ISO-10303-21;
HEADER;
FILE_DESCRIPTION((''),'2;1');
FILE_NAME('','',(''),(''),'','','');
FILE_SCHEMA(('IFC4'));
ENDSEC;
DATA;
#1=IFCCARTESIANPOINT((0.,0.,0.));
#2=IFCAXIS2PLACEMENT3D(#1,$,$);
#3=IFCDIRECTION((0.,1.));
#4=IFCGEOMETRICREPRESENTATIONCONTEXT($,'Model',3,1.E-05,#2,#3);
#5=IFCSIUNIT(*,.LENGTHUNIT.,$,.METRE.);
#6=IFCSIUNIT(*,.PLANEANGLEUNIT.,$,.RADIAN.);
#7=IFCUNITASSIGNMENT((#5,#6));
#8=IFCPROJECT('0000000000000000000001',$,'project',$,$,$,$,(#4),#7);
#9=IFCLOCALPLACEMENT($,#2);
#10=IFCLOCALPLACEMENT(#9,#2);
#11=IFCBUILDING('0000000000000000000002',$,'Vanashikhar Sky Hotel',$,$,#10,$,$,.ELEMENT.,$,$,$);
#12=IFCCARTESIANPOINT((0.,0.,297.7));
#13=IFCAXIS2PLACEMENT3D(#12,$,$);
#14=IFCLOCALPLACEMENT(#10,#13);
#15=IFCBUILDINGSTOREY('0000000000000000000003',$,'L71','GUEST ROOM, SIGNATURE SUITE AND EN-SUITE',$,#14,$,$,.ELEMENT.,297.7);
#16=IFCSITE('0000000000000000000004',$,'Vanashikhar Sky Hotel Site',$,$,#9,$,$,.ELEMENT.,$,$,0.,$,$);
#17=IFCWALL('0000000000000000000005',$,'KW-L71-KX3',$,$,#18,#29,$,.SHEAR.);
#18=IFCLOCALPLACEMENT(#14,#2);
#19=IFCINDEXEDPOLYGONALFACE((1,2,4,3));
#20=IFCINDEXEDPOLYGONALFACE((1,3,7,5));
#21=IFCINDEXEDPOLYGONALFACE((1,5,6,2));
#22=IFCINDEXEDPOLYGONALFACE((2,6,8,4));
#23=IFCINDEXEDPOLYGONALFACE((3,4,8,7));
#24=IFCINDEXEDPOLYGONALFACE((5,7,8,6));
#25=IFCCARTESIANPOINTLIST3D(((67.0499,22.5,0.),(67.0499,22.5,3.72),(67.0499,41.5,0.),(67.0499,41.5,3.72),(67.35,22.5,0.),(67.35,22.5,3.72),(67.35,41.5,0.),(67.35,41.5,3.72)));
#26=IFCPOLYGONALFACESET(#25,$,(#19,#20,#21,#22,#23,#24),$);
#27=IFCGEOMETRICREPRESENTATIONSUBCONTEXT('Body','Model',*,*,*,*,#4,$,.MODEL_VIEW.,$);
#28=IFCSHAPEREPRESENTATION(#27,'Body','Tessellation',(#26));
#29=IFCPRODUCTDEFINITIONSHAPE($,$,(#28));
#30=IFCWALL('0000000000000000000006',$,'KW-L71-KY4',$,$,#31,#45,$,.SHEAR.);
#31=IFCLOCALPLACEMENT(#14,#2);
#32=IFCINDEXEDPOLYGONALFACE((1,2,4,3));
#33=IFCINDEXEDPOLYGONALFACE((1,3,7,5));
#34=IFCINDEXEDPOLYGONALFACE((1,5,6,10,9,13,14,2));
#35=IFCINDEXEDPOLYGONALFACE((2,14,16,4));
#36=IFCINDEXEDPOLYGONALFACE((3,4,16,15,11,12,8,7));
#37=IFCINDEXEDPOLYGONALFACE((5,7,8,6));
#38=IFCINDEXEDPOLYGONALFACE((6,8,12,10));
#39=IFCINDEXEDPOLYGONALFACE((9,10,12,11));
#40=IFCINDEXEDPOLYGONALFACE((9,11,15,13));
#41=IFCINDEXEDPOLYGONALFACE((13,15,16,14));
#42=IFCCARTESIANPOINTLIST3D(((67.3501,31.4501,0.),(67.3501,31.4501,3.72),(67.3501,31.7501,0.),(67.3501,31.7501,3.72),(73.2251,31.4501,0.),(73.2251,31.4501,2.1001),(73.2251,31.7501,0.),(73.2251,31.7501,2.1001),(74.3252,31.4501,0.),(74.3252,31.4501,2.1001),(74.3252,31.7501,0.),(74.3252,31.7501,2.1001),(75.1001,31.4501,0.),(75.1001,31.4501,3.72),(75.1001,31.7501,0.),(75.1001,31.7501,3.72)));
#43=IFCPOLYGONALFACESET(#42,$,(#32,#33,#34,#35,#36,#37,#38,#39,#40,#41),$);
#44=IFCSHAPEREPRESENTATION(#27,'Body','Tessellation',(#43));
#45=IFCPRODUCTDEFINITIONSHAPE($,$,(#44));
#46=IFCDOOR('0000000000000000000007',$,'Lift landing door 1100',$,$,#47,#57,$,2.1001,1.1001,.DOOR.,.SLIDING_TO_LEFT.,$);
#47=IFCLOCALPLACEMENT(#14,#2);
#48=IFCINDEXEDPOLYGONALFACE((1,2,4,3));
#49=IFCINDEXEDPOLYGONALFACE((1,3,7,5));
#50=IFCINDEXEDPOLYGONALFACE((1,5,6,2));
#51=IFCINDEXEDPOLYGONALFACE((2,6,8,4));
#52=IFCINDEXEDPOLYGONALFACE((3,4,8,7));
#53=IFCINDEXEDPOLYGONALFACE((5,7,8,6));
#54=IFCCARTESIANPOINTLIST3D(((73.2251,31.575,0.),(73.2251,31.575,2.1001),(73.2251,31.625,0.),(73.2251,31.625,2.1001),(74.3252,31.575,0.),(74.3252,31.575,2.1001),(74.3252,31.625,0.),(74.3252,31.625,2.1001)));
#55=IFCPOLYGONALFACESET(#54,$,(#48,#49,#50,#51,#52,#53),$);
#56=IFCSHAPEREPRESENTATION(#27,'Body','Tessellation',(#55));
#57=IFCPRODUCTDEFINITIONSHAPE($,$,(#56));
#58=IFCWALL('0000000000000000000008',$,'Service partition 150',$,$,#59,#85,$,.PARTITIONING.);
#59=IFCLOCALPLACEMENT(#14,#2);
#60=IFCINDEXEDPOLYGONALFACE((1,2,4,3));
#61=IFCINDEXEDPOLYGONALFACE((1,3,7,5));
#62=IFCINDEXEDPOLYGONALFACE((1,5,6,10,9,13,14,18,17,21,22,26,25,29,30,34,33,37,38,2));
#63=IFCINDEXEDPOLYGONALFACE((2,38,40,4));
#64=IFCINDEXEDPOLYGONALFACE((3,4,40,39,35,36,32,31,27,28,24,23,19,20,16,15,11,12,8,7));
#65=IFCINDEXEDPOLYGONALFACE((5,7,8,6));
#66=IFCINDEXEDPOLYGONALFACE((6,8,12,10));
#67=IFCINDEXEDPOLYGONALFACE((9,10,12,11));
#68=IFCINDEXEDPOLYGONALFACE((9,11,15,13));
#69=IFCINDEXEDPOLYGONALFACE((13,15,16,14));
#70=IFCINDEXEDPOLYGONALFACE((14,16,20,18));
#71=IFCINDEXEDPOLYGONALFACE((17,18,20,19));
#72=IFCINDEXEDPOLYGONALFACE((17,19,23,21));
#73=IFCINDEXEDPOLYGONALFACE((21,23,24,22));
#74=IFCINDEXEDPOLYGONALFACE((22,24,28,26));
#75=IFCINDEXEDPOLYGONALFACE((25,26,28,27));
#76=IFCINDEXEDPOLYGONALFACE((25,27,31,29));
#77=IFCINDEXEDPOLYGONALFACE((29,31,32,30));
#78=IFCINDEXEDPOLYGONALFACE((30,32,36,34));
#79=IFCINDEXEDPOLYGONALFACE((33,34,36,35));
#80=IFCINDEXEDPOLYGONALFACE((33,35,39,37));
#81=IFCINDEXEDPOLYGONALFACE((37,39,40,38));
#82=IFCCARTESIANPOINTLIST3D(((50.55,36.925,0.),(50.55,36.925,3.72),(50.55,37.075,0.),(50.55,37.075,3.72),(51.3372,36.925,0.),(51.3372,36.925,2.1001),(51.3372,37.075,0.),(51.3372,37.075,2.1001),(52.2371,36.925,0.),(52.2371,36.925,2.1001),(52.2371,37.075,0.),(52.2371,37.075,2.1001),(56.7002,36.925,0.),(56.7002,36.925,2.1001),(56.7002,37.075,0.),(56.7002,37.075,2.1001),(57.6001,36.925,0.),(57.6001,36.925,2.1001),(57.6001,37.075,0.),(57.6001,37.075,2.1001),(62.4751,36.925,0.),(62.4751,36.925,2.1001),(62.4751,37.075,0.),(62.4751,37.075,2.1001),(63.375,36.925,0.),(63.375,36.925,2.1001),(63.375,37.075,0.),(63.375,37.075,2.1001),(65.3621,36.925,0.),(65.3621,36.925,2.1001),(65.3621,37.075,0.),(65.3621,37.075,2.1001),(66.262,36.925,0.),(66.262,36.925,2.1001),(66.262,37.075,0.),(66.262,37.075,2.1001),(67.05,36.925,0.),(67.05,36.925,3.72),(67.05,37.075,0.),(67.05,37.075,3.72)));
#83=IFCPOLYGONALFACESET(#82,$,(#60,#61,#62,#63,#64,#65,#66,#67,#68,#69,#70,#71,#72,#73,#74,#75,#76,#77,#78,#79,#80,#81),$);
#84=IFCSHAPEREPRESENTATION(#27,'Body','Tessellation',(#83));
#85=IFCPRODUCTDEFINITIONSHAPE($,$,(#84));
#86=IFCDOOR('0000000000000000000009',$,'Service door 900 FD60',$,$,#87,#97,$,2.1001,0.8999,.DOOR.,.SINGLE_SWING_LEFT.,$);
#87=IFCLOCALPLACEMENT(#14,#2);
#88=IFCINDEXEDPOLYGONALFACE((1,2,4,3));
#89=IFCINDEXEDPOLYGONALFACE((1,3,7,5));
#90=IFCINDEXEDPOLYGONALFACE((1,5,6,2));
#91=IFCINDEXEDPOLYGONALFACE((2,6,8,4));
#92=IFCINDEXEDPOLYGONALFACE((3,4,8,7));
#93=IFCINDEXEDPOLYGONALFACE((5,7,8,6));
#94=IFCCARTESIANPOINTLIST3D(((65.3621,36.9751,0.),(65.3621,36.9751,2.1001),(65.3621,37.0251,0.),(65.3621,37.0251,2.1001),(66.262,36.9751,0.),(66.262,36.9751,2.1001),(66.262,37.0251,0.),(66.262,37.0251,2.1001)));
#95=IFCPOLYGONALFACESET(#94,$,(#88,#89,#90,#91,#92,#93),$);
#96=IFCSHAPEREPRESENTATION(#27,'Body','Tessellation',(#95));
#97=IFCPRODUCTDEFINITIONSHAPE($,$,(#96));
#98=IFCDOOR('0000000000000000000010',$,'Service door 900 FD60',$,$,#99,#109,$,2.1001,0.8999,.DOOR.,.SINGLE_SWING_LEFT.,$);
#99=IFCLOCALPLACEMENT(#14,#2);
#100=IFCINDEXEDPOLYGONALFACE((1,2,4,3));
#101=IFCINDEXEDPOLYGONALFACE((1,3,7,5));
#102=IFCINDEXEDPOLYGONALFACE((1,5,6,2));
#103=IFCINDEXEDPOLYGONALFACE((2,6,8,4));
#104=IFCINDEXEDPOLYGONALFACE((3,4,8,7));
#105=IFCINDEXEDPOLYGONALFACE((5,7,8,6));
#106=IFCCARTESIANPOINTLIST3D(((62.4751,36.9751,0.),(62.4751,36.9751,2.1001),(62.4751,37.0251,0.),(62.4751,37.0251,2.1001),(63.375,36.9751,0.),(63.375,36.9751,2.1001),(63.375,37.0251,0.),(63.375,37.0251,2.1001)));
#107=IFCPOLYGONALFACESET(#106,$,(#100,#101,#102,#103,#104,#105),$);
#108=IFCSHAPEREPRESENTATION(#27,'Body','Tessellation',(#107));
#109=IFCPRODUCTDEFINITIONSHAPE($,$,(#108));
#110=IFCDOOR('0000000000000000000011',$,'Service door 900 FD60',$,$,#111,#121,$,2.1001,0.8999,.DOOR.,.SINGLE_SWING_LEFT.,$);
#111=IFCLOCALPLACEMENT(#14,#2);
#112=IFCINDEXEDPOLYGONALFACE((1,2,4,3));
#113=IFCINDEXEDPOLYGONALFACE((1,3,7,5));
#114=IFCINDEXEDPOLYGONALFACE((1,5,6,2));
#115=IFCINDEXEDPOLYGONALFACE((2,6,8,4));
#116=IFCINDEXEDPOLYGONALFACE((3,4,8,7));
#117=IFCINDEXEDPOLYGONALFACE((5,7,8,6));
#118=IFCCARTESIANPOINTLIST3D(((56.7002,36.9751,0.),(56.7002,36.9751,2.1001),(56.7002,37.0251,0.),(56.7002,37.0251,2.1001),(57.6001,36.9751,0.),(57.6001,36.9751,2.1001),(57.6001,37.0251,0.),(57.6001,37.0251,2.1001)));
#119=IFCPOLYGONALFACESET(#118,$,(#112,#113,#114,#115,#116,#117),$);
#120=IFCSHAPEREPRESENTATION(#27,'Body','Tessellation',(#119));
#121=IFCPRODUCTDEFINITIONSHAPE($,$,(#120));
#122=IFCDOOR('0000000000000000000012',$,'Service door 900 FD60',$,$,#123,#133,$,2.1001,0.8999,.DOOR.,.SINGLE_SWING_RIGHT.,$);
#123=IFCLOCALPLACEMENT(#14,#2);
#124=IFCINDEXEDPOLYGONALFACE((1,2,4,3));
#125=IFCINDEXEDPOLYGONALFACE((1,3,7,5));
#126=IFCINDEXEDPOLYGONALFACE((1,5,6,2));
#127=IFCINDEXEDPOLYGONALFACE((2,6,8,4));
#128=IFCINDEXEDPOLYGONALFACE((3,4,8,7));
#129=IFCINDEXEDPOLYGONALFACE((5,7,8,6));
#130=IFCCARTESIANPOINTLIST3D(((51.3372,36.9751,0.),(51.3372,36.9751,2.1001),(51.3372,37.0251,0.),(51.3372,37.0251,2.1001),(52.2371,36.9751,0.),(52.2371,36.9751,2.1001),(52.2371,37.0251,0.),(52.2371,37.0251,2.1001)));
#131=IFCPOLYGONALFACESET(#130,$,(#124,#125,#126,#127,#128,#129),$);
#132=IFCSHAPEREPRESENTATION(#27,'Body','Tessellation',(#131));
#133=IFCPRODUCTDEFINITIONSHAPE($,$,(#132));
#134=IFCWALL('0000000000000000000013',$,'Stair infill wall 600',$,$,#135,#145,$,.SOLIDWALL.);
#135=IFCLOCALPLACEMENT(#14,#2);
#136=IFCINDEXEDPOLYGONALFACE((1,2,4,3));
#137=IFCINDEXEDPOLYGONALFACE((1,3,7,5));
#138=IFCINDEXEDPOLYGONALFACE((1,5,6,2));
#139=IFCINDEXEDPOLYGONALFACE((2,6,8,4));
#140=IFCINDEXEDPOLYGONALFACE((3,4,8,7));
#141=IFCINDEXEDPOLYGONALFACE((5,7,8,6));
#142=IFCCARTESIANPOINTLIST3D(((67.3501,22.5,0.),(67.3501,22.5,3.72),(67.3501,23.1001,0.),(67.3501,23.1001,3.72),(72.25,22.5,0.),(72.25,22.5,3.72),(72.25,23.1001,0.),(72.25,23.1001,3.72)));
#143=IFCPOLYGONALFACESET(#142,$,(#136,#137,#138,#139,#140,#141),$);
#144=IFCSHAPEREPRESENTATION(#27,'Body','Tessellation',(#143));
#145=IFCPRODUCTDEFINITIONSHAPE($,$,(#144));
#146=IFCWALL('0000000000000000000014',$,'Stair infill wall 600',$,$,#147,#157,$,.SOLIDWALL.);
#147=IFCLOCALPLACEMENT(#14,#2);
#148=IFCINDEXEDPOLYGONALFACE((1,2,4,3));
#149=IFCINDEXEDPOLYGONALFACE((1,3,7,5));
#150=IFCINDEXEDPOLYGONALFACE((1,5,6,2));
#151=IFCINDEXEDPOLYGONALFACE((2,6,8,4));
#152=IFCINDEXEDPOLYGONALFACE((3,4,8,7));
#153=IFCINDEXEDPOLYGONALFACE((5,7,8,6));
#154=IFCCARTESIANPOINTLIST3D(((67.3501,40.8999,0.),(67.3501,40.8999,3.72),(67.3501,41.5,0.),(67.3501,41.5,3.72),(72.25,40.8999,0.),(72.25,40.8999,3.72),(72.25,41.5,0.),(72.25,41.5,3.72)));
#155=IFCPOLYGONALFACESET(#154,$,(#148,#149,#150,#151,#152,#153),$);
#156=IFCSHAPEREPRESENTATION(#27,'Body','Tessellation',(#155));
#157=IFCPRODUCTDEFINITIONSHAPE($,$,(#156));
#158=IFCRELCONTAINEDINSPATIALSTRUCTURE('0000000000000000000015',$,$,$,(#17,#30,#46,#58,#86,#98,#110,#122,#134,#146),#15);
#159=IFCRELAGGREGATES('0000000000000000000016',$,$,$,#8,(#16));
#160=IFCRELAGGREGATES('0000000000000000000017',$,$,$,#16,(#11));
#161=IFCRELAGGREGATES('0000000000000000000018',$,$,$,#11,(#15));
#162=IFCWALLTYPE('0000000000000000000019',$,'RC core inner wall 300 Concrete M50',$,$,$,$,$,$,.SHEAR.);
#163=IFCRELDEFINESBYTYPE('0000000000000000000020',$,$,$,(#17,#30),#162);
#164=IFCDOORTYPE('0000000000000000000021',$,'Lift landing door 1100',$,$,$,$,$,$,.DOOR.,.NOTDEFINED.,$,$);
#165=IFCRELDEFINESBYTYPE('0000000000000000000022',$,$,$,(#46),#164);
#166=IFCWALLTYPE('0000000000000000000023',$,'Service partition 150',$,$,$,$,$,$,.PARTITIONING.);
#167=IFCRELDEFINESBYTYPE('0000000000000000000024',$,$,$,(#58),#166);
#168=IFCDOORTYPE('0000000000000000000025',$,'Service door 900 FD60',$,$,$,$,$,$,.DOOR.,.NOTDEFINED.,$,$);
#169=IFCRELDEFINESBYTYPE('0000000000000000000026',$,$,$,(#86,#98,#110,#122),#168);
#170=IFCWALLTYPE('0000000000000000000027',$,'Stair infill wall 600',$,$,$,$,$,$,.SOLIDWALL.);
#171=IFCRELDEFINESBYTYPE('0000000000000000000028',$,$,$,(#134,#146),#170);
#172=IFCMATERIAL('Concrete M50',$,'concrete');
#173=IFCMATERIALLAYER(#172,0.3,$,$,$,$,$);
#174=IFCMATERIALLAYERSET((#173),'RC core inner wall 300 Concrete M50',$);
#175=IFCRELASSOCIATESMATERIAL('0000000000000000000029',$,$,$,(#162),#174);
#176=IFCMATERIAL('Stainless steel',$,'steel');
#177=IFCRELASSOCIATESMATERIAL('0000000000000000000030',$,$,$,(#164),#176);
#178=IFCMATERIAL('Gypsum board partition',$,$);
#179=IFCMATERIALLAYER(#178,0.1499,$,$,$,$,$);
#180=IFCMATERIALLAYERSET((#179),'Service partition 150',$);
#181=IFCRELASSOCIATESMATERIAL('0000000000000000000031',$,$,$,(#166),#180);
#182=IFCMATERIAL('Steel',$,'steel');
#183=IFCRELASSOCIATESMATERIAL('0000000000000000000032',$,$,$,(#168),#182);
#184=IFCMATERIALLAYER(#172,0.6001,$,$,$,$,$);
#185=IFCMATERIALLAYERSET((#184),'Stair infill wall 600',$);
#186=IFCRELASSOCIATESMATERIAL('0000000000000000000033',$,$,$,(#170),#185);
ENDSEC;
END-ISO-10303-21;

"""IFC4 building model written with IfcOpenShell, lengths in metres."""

from ifc_helpers import new_model, si_unit, direction, frame, frame_2d, origin, place, context, subcontext, project, spatial, rectangle, extrude, source, transform, mapped, material, layer, layer_set, type_object, element, fill, save


model = new_model("IFC4")

# Units and contexts
model_context = context("Model", 3, precision=1e-05, world=origin(), true_north=direction((0.0, 1.0)))
body_context = subcontext(model_context, "Body", "Model", "MODEL_VIEW")
ifc_project = project(units=[si_unit("LENGTHUNIT", "METRE"), si_unit("PLANEANGLEUNIT", "RADIAN")], contexts=[model_context])

# Site, building, storey
site_placement = place(None, origin())
site = spatial("IfcSite", under=ifc_project, at=site_placement, Name="Vanashikhar Sky Hotel Site", CompositionType="ELEMENT", RefElevation=0.0)
building_placement = place(site_placement, origin())
building = spatial("IfcBuilding", under=site, at=building_placement, Name="Vanashikhar Sky Hotel", CompositionType="ELEMENT")
storey_placement = place(building_placement, frame((0.0, 0.0, 297.7)))
storey = spatial("IfcBuildingStorey", under=building, at=storey_placement, Name="L71", Description="GUEST ROOM, SIGNATURE SUITE AND EN-SUITE", CompositionType="ELEMENT", Elevation=297.7)

# Wall
ifc_material_1 = material(Name="Concrete M50", Category="concrete")
ifc_layer_1 = layer(ifc_material_1, 0.3)
ifc_layer_set_1 = layer_set([ifc_layer_1], Name="RC core inner wall 300 Concrete M50")
wall_type_1 = type_object("IfcWallType", Name="RC core inner wall 300 Concrete M50", PredefinedType="SHEAR", material=ifc_layer_set_1)
shared_shape_1 = source(origin(), body_context, "Body", "SweptSolid", [
    extrude(rectangle(XDim=19.0, YDim=0.3, at=frame_2d((9.5, 0.0))), origin(), (0.0, 0.0, 1.0), 3.72),
])
wall_1_placement = place(storey_placement, frame((67.2, 22.5, 0.0), z_axis=(0.0, 0.0, 1.0), x_axis=(0.0, 1.0, 0.0)))
element("IfcWall", 1, at=wall_1_placement, inside=storey, type_object=wall_type_1, Name="KW-L71-KX3", PredefinedType="SHEAR", context=body_context, shape_type="MappedRepresentation", body=[
    mapped(shared_shape_1, transform((0.0, 0.0, 0.0), scale=1.0)),
])

# Wall, opening, door
shared_shape_2 = source(origin(), body_context, "Body", "SweptSolid", [
    extrude(rectangle(XDim=7.75, YDim=0.3, at=frame_2d((3.875, 0.0))), origin(), (0.0, 0.0, 1.0), 3.72),
])
wall_2_placement = place(storey_placement, frame((67.3501, 31.6001, 0.0), z_axis=(0.0, 0.0, 1.0), x_axis=(1.0, 0.0, 0.0)))
wall_2 = element("IfcWall", 2, at=wall_2_placement, inside=storey, type_object=wall_type_1, Name="KW-L71-KY4", PredefinedType="SHEAR", context=body_context, shape_type="MappedRepresentation", body=[
    mapped(shared_shape_2, transform((0.0, 0.0, 0.0), scale=1.0)),
])
shared_shape_3 = source(origin(), body_context, "Body", "SweptSolid", [
    extrude(rectangle(XDim=1.1001, YDim=2.1001, at=frame_2d((0.55, 1.05))), frame((0.0, 0.1602, 0.0), z_axis=(0.0, -1.0, 0.0), x_axis=(1.0, 0.0, 0.0)), (0.0, 0.0, 1.0), 0.3201),
])
opening_1_placement = place(wall_2_placement, frame((5.875, 0.0, 0.0)))
opening_1 = element("IfcOpeningElement", 3, at=opening_1_placement, cuts=wall_2, PredefinedType="OPENING", context=body_context, shape_type="MappedRepresentation", body=[
    mapped(shared_shape_3, transform((0.0, 0.0, 0.0), scale=1.0)),
])
ifc_material_2 = material(Name="Stainless steel", Category="steel")
door_type_1 = type_object("IfcDoorType", Name="Lift landing door 1100", OperationType="NOTDEFINED", PredefinedType="DOOR", material=ifc_material_2)
shared_shape_4 = source(origin(), body_context, "Body", "SweptSolid", [
    extrude(rectangle(XDim=1.1001, YDim=2.1001, at=frame_2d((0.55, 1.05))), frame((0.0, 0.0249, 0.0), z_axis=(0.0, -1.0, 0.0), x_axis=(1.0, 0.0, 0.0)), (0.0, 0.0, 1.0), 0.05),
])
door_1_placement = place(opening_1_placement, origin())
door_1 = element("IfcDoor", 4, at=door_1_placement, inside=storey, type_object=door_type_1, Name="Lift landing door 1100", OperationType="SLIDING_TO_LEFT", OverallHeight=2.1001, OverallWidth=1.1001, PredefinedType="DOOR", context=body_context, shape_type="MappedRepresentation", body=[
    mapped(shared_shape_4, transform((0.0, 0.0, 0.0), scale=1.0)),
])
fill(opening_1, door_1)

# Wall, openings, doors
ifc_material_3 = material(Name="Gypsum board partition")
ifc_layer_2 = layer(ifc_material_3, 0.1499)
ifc_layer_set_2 = layer_set([ifc_layer_2], Name="Service partition 150")
wall_type_2 = type_object("IfcWallType", Name="Service partition 150", PredefinedType="PARTITIONING", material=ifc_layer_set_2)
shared_shape_5 = source(origin(), body_context, "Body", "SweptSolid", [
    extrude(rectangle(XDim=16.5, YDim=0.1499, at=frame_2d((8.25, 0.0))), origin(), (0.0, 0.0, 1.0), 3.72),
])
wall_3_placement = place(storey_placement, frame((67.05, 37.0, 0.0), z_axis=(0.0, 0.0, 1.0), x_axis=(-1.0, 0.0, 0.0)))
wall_3 = element("IfcWall", 5, at=wall_3_placement, inside=storey, type_object=wall_type_2, Name="Service partition 150", PredefinedType="PARTITIONING", context=body_context, shape_type="MappedRepresentation", body=[
    mapped(shared_shape_5, transform((0.0, 0.0, 0.0), scale=1.0)),
])
shared_shape_6 = source(origin(), body_context, "Body", "SweptSolid", [
    extrude(rectangle(XDim=0.8999, YDim=2.1001, at=frame_2d((0.45, 1.05))), frame((0.0, 0.085, 0.0), z_axis=(0.0, -1.0, 0.0), x_axis=(1.0, 0.0, 0.0)), (0.0, 0.0, 1.0), 0.1699),
])
opening_2_placement = place(wall_3_placement, frame((0.7881, 0.0, 0.0)))
opening_2 = element("IfcOpeningElement", 6, at=opening_2_placement, cuts=wall_3, PredefinedType="OPENING", context=body_context, shape_type="MappedRepresentation", body=[
    mapped(shared_shape_6, transform((0.0, 0.0, 0.0), scale=1.0)),
])
opening_3_placement = place(wall_3_placement, frame((3.675, 0.0, 0.0)))
opening_3 = element("IfcOpeningElement", 7, at=opening_3_placement, cuts=wall_3, PredefinedType="OPENING", context=body_context, shape_type="MappedRepresentation", body=[
    mapped(shared_shape_6, transform((0.0, 0.0, 0.0), scale=1.0)),
])
opening_4_placement = place(wall_3_placement, frame((9.45, 0.0, 0.0)))
opening_4 = element("IfcOpeningElement", 8, at=opening_4_placement, cuts=wall_3, PredefinedType="OPENING", context=body_context, shape_type="MappedRepresentation", body=[
    mapped(shared_shape_6, transform((0.0, 0.0, 0.0), scale=1.0)),
])
opening_5_placement = place(wall_3_placement, frame((14.813, 0.0, 0.0)))
opening_5 = element("IfcOpeningElement", 9, at=opening_5_placement, cuts=wall_3, PredefinedType="OPENING", context=body_context, shape_type="MappedRepresentation", body=[
    mapped(shared_shape_6, transform((0.0, 0.0, 0.0), scale=1.0)),
])
ifc_material_4 = material(Name="Steel", Category="steel")
door_type_2 = type_object("IfcDoorType", Name="Service door 900 FD60", OperationType="NOTDEFINED", PredefinedType="DOOR", material=ifc_material_4)
shared_shape_7 = source(origin(), body_context, "Body", "SweptSolid", [
    extrude(rectangle(XDim=0.8999, YDim=2.1001, at=frame_2d((0.45, 1.05))), frame((0.0, 0.0249, 0.0), z_axis=(0.0, -1.0, 0.0), x_axis=(1.0, 0.0, 0.0)), (0.0, 0.0, 1.0), 0.05),
])
door_2_placement = place(opening_2_placement, origin())
door_2 = element("IfcDoor", 10, at=door_2_placement, inside=storey, type_object=door_type_2, Name="Service door 900 FD60", OperationType="SINGLE_SWING_LEFT", OverallHeight=2.1001, OverallWidth=0.8999, PredefinedType="DOOR", context=body_context, shape_type="MappedRepresentation", body=[
    mapped(shared_shape_7, transform((0.0, 0.0, 0.0), scale=1.0)),
])
fill(opening_2, door_2)
door_3_placement = place(opening_3_placement, origin())
door_3 = element("IfcDoor", 11, at=door_3_placement, inside=storey, type_object=door_type_2, Name="Service door 900 FD60", OperationType="SINGLE_SWING_LEFT", OverallHeight=2.1001, OverallWidth=0.8999, PredefinedType="DOOR", context=body_context, shape_type="MappedRepresentation", body=[
    mapped(shared_shape_7, transform((0.0, 0.0, 0.0), scale=1.0)),
])
fill(opening_3, door_3)
door_4_placement = place(opening_4_placement, origin())
door_4 = element("IfcDoor", 12, at=door_4_placement, inside=storey, type_object=door_type_2, Name="Service door 900 FD60", OperationType="SINGLE_SWING_LEFT", OverallHeight=2.1001, OverallWidth=0.8999, PredefinedType="DOOR", context=body_context, shape_type="MappedRepresentation", body=[
    mapped(shared_shape_7, transform((0.0, 0.0, 0.0), scale=1.0)),
])
fill(opening_4, door_4)
door_5_placement = place(opening_5_placement, origin())
door_5 = element("IfcDoor", 13, at=door_5_placement, inside=storey, type_object=door_type_2, Name="Service door 900 FD60", OperationType="SINGLE_SWING_RIGHT", OverallHeight=2.1001, OverallWidth=0.8999, PredefinedType="DOOR", context=body_context, shape_type="MappedRepresentation", body=[
    mapped(shared_shape_7, transform((0.0, 0.0, 0.0), scale=1.0)),
])
fill(opening_5, door_5)

# Walls
ifc_layer_3 = layer(ifc_material_1, 0.6001)
ifc_layer_set_3 = layer_set([ifc_layer_3], Name="Stair infill wall 600")
wall_type_3 = type_object("IfcWallType", Name="Stair infill wall 600", PredefinedType="SOLIDWALL", material=ifc_layer_set_3)
shared_shape_8 = source(origin(), body_context, "Body", "SweptSolid", [
    extrude(rectangle(XDim=4.8999, YDim=0.6001, at=frame_2d((2.45, 0.0))), origin(), (0.0, 0.0, 1.0), 3.72),
])
for number, where, z_axis, x_axis, name in (
    (14, (67.3501, 22.8, 0.0), (0.0, 0.0, 1.0), (1.0, 0.0, 0.0), "Stair infill wall 600"),
    (15, (67.3501, 41.2, 0.0), (0.0, 0.0, 1.0), (1.0, 0.0, 0.0), "Stair infill wall 600"),
):
    element("IfcWall", number, at=place(storey_placement, frame(where, z_axis=z_axis, x_axis=x_axis)), inside=storey, type_object=wall_type_3, Name=name, PredefinedType="SOLIDWALL", context=body_context, shape_type="MappedRepresentation", body=[
        mapped(shared_shape_8, transform((0.0, 0.0, 0.0), scale=1.0)),
    ])

save(model, "model.ifc")
